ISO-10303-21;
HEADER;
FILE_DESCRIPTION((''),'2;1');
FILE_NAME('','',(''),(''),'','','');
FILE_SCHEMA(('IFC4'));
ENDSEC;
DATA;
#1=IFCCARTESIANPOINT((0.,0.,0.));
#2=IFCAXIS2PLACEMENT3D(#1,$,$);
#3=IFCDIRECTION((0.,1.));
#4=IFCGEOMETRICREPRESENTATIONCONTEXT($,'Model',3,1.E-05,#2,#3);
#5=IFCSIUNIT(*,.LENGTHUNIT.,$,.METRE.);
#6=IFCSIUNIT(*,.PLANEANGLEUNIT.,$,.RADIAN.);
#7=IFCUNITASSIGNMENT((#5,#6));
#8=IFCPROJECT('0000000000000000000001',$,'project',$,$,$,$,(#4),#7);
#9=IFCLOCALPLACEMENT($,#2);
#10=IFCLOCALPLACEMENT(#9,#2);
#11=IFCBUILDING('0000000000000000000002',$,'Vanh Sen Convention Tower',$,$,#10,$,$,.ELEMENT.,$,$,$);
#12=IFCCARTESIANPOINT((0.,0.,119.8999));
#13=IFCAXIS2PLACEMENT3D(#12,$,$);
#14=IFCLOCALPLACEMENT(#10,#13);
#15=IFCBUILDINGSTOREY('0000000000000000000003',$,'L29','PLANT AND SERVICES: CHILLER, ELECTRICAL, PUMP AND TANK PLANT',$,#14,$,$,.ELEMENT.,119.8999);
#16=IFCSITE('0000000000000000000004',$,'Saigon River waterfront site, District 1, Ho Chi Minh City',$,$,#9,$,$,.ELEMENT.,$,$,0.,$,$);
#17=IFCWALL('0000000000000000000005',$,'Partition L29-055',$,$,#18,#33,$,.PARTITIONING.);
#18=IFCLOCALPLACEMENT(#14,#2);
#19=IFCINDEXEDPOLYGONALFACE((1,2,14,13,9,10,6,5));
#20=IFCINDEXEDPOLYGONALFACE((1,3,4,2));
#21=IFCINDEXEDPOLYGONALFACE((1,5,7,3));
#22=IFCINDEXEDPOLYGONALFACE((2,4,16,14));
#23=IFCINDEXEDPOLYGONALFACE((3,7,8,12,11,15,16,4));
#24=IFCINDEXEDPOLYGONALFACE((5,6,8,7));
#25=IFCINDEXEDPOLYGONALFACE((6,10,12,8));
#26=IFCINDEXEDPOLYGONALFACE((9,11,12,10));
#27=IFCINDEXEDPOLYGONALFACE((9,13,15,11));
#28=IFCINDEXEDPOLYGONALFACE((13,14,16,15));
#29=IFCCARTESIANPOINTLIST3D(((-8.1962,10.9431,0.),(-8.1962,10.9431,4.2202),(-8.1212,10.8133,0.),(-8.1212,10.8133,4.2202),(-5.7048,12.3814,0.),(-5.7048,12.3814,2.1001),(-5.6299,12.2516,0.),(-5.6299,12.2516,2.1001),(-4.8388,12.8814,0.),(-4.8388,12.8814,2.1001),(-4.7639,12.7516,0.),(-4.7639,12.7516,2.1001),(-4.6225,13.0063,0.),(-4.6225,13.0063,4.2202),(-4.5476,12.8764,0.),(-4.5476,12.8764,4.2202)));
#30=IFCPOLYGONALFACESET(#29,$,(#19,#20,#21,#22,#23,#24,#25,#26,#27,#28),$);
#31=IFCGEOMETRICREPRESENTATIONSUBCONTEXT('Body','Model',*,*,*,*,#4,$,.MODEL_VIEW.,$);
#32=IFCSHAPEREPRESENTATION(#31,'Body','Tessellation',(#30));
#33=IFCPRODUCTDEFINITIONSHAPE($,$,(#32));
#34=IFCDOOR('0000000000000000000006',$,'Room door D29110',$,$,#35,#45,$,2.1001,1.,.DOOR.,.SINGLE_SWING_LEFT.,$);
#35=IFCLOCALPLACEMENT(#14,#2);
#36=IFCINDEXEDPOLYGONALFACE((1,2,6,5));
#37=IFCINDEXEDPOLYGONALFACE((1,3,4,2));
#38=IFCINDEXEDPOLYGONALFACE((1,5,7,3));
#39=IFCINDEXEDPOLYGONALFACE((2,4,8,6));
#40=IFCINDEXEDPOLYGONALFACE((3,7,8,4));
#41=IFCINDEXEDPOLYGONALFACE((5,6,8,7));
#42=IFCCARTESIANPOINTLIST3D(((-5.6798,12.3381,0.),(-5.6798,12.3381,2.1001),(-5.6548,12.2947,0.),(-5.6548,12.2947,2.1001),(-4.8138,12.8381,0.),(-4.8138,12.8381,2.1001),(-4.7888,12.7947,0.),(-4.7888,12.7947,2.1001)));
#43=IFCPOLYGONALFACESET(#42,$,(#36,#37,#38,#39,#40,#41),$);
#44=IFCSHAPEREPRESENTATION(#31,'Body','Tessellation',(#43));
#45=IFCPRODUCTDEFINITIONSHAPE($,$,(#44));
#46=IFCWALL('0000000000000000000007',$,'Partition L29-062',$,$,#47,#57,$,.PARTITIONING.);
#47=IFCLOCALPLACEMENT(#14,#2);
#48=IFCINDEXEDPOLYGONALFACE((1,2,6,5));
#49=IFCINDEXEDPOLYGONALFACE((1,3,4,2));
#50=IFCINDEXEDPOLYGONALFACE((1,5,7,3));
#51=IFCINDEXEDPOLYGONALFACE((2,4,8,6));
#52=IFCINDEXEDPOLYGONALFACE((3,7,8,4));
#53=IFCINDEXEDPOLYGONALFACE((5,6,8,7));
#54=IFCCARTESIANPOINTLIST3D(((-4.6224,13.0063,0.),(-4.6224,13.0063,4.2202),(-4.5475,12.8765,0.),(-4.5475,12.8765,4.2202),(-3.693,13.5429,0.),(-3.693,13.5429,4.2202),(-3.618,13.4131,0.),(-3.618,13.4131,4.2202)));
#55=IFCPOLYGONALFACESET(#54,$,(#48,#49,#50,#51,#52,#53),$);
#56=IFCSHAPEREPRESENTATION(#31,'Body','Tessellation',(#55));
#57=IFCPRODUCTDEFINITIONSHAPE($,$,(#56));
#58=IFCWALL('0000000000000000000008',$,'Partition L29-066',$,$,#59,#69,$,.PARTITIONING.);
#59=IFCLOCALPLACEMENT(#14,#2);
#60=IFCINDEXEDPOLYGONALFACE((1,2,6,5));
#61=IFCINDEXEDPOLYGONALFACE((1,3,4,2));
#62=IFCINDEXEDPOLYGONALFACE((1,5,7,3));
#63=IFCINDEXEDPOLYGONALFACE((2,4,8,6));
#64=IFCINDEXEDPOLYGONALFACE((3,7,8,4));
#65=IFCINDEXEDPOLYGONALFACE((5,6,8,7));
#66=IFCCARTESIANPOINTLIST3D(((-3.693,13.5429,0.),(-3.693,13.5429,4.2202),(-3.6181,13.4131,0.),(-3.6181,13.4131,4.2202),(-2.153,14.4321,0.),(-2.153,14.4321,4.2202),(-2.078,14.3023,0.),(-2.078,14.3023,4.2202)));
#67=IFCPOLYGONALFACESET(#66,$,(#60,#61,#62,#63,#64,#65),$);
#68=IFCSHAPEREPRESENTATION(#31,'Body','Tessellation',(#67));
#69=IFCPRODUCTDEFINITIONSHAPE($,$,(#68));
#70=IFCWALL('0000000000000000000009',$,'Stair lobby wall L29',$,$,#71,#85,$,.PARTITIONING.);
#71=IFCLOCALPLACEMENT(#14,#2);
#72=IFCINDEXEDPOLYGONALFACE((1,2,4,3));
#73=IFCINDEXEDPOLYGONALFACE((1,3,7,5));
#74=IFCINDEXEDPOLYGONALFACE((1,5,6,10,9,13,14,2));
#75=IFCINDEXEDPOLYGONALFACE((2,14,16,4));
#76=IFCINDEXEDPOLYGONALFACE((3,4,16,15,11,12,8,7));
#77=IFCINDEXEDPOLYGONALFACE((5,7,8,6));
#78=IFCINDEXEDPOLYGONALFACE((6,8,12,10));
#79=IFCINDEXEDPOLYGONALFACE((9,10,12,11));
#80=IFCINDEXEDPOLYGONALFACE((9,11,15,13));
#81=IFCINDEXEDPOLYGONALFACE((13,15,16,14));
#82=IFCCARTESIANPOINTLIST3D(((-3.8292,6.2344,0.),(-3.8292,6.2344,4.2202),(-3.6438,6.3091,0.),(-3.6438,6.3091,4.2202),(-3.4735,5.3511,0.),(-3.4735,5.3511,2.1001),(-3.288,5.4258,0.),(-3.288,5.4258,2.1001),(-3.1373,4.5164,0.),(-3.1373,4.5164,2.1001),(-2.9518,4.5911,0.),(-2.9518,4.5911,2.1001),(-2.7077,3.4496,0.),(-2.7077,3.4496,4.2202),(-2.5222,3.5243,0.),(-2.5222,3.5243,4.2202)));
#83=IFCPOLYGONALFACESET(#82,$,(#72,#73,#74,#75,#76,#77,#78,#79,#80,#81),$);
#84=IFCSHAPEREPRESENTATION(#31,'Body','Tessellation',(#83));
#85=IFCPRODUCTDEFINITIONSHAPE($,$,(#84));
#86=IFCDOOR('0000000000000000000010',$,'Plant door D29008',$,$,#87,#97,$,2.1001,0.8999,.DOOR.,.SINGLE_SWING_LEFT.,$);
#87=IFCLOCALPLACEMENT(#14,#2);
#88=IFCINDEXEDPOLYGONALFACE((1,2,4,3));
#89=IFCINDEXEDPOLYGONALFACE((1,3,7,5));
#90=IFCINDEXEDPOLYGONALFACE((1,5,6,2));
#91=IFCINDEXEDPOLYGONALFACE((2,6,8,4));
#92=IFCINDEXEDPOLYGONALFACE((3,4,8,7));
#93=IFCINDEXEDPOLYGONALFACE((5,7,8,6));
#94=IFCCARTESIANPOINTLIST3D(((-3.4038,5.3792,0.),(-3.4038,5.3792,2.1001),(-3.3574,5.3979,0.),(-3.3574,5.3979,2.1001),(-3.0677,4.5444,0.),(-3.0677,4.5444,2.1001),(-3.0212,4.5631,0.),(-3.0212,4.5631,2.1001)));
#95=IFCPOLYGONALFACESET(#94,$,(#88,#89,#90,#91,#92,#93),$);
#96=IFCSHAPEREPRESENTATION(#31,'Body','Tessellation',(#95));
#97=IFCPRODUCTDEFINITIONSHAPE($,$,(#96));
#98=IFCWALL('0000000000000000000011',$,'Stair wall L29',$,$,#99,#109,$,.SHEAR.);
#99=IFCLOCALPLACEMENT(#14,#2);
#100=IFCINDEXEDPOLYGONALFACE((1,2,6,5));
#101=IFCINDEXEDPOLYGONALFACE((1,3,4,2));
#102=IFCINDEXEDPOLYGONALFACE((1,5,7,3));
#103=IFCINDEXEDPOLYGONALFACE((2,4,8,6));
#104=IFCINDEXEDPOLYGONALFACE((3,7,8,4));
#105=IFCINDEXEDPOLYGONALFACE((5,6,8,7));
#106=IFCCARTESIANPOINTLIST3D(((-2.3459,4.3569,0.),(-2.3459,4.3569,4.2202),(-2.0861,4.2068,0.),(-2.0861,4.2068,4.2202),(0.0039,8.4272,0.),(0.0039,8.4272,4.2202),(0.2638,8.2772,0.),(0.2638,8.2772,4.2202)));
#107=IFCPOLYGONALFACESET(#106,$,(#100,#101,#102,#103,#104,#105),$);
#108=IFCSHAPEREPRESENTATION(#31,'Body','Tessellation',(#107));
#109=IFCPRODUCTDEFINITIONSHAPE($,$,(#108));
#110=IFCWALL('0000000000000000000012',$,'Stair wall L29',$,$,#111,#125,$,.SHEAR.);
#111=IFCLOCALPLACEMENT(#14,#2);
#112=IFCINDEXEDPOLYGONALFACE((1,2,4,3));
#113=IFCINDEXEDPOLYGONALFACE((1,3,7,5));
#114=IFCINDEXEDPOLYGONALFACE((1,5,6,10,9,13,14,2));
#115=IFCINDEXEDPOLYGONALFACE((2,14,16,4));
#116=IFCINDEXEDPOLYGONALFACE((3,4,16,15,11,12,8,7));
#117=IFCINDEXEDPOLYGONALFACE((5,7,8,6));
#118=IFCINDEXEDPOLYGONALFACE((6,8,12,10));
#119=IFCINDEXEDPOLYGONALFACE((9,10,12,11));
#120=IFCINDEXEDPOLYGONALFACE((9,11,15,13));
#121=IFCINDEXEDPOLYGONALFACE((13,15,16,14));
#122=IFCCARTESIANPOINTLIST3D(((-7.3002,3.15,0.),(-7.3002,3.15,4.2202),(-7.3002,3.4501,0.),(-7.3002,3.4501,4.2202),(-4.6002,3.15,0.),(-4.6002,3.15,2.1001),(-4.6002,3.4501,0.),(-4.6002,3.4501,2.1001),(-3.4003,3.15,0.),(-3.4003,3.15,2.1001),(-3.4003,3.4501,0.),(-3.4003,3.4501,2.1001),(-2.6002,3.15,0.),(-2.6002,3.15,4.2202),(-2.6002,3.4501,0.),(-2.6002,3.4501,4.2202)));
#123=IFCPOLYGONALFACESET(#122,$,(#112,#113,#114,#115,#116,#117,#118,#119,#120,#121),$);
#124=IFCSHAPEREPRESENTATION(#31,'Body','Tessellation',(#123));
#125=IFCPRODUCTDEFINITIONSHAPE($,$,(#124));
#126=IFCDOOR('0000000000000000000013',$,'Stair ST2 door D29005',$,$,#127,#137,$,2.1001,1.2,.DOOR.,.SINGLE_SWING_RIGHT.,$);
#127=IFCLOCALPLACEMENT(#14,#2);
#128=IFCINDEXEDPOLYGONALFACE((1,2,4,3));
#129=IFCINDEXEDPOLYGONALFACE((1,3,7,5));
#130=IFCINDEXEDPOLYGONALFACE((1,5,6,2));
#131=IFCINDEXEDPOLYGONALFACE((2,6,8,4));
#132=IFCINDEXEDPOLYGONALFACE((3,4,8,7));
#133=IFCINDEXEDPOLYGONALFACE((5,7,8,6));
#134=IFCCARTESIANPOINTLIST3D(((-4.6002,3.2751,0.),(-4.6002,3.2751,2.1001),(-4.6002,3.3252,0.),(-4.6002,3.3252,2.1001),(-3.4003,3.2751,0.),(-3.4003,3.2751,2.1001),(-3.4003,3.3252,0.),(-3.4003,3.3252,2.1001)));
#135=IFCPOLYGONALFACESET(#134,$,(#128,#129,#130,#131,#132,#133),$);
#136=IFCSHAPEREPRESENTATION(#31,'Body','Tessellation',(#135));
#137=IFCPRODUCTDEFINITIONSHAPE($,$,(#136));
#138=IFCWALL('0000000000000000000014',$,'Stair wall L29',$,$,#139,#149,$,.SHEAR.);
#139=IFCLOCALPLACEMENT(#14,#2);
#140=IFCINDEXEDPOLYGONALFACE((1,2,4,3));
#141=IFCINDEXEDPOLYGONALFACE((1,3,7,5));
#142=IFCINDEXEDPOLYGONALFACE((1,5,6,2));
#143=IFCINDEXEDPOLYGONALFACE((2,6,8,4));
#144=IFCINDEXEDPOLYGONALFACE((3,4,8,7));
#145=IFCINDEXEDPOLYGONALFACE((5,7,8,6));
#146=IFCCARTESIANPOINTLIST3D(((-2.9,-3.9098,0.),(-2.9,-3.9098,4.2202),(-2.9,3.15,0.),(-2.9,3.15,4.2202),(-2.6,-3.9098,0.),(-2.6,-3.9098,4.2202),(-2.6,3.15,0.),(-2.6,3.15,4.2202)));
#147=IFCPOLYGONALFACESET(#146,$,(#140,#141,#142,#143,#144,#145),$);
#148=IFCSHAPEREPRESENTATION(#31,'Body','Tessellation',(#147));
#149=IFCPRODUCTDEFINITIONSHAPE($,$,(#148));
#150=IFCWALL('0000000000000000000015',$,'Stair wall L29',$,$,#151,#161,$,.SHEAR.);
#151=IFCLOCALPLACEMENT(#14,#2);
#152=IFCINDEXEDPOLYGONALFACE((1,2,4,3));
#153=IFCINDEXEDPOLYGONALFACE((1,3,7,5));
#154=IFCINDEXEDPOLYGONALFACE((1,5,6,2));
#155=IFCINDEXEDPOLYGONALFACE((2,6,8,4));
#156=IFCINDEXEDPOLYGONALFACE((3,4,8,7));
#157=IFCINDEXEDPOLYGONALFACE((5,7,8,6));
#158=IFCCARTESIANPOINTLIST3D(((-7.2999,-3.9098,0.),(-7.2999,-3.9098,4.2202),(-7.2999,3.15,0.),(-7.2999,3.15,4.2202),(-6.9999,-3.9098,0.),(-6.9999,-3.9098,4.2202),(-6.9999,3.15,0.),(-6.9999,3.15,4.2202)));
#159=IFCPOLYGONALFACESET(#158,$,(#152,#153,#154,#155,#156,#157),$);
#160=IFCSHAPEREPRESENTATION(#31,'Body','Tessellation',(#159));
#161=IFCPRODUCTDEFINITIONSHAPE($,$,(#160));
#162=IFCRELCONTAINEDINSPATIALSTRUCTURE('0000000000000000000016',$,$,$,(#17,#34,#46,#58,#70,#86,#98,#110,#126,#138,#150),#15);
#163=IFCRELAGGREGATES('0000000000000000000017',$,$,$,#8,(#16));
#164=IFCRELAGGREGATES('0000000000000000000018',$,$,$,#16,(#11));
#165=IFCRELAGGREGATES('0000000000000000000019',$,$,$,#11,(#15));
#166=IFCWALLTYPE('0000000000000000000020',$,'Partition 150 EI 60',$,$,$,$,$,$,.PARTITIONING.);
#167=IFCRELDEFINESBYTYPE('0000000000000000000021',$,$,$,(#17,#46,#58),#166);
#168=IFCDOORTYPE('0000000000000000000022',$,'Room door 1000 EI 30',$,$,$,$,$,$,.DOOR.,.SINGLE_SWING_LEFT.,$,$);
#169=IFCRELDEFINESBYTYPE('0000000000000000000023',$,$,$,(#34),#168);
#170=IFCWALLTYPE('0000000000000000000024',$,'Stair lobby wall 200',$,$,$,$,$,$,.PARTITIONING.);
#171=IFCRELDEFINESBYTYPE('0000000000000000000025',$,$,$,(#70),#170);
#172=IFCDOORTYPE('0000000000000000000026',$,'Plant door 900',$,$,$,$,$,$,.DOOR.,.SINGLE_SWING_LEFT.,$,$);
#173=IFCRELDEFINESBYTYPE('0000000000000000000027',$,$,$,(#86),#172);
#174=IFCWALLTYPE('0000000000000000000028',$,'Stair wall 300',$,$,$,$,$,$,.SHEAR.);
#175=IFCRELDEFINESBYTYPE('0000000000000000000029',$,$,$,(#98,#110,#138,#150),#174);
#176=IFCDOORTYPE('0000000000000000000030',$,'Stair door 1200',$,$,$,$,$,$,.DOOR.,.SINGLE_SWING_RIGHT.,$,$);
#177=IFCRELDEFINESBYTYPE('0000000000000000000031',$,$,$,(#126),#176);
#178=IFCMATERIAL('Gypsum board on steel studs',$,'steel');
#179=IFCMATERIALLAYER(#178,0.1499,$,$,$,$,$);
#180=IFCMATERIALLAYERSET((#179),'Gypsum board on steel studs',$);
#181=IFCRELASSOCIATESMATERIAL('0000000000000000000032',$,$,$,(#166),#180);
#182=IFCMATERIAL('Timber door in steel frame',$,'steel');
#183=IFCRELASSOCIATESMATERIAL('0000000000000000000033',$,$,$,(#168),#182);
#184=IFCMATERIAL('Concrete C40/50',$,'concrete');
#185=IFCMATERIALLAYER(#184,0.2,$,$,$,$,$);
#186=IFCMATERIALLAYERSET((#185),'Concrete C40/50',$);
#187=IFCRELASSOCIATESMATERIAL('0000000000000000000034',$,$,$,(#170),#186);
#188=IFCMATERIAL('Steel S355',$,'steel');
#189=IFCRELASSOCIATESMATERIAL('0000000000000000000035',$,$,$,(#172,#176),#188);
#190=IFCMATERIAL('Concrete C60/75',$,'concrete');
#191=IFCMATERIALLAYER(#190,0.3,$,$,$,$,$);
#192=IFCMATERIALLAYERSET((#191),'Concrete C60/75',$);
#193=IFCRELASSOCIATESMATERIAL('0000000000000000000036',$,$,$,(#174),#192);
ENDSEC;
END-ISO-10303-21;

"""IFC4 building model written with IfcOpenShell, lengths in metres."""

from ifc_helpers import new_model, si_unit, direction, frame, frame_2d, origin, place, context, subcontext, project, spatial, rectangle, extrude, material, layer, layer_set, type_object, element, fill, save


model = new_model("IFC4")

# Units and contexts
model_context = context("Model", 3, precision=1e-05, world=origin(), true_north=direction((0.0, 1.0)))
body_context = subcontext(model_context, "Body", "Model", "MODEL_VIEW")
ifc_project = project(units=[si_unit("LENGTHUNIT", "METRE"), si_unit("PLANEANGLEUNIT", "RADIAN")], contexts=[model_context])

# Site, building, storey
site_placement = place(None, origin())
site = spatial("IfcSite", under=ifc_project, at=site_placement, Name="Saigon River waterfront site, District 1, Ho Chi Minh City", CompositionType="ELEMENT", RefElevation=0.0)
building_placement = place(site_placement, origin())
building = spatial("IfcBuilding", under=site, at=building_placement, Name="Vanh Sen Convention Tower", CompositionType="ELEMENT")
storey_placement = place(building_placement, frame((0.0, 0.0, 119.8999)))
storey = spatial("IfcBuildingStorey", under=building, at=storey_placement, Name="L29", Description="PLANT AND SERVICES: CHILLER, ELECTRICAL, PUMP AND TANK PLANT", CompositionType="ELEMENT", Elevation=119.8999)

# Shared definitions
ifc_material_1 = material(Name="Concrete C40/50", Category="concrete")

# Shared definitions
ifc_material_2 = material(Name="Concrete C60/75", Category="concrete")

# Wall, opening, door
ifc_material_3 = material(Name="Gypsum board on steel studs", Category="steel")
ifc_layer_1 = layer(ifc_material_3, 0.1499)
ifc_layer_set_1 = layer_set([ifc_layer_1], Name="Gypsum board on steel studs")
wall_type_1 = type_object("IfcWallType", Name="Partition 150 EI 60", PredefinedType="PARTITIONING", material=ifc_layer_set_1)
wall_1_placement = place(storey_placement, frame((-8.1587, 10.8782, 0.0), z_axis=(0.0, 0.0, 1.0), x_axis=(0.866032, 0.499989, 0.0)))
wall_1 = element("IfcWall", 1, at=wall_1_placement, inside=storey, type_object=wall_type_1, Name="Partition L29-055", PredefinedType="PARTITIONING", context=body_context, shape_type="SweptSolid", body=[
    extrude(rectangle(XDim=4.1265, YDim=0.1499, at=frame_2d((2.0632, 0.0))), origin(), (0.0, 0.0, 1.0), 4.2202),
])
opening_1_placement = place(wall_1_placement, frame((2.8767, 0.0, 0.0)))
opening_1 = element("IfcOpeningElement", 2, at=opening_1_placement, cuts=wall_1, PredefinedType="OPENING", context=body_context, shape_type="SweptSolid", body=[
    extrude(rectangle(XDim=1.0, YDim=2.1001, at=frame_2d((0.5, 1.05))), frame((0.0, 0.085, 0.0), z_axis=(0.0, -1.0, 0.0), x_axis=(1.0, 0.0, 0.0)), (0.0, 0.0, 1.0), 0.1699),
])
ifc_material_4 = material(Name="Timber door in steel frame", Category="steel")
door_type_1 = type_object("IfcDoorType", Name="Room door 1000 EI 30", OperationType="SINGLE_SWING_LEFT", PredefinedType="DOOR", material=ifc_material_4)
door_1_placement = place(opening_1_placement, origin())
door_1 = element("IfcDoor", 3, at=door_1_placement, inside=storey, type_object=door_type_1, Name="Room door D29110", OperationType="SINGLE_SWING_LEFT", OverallHeight=2.1001, OverallWidth=1.0, PredefinedType="DOOR", context=body_context, shape_type="SweptSolid", body=[
    extrude(rectangle(XDim=1.0, YDim=2.1001, at=frame_2d((0.5, 1.05))), frame((0.0, 0.0249, 0.0), z_axis=(0.0, -1.0, 0.0), x_axis=(1.0, 0.0, 0.0)), (0.0, 0.0, 1.0), 0.05),
])
fill(opening_1, door_1)

# Walls
wall_2_placement = place(storey_placement, frame((-4.585, 12.9414, 0.0), z_axis=(0.0, 0.0, 1.0), x_axis=(0.866023, 0.500005, 0.0)))
element("IfcWall", 4, at=wall_2_placement, inside=storey, type_object=wall_type_1, Name="Partition L29-062", PredefinedType="PARTITIONING", context=body_context, shape_type="SweptSolid", body=[
    extrude(rectangle(XDim=1.0732, YDim=0.1499, at=frame_2d((0.5366, 0.0))), origin(), (0.0, 0.0, 1.0), 4.2202),
])
wall_3_placement = place(storey_placement, frame((-2.1155, 14.3672, 0.0), z_axis=(0.0, 0.0, 1.0), x_axis=(-0.866021, -0.500008, 0.0)))
element("IfcWall", 5, at=wall_3_placement, inside=storey, type_object=wall_type_1, Name="Partition L29-066", PredefinedType="PARTITIONING", context=body_context, shape_type="SweptSolid", body=[
    extrude(rectangle(XDim=1.7783, YDim=0.1499, at=frame_2d((0.8892, 0.0))), origin(), (0.0, 0.0, 1.0), 4.2202),
])

# Wall, opening, door
ifc_layer_2 = layer(ifc_material_1, 0.2)
ifc_layer_set_2 = layer_set([ifc_layer_2], Name="Concrete C40/50")
wall_type_2 = type_object("IfcWallType", Name="Stair lobby wall 200", PredefinedType="PARTITIONING", material=ifc_layer_set_2)
wall_4_placement = place(storey_placement, frame((-2.615, 3.4871, 0.0), z_axis=(0.0, 0.0, 1.0), x_axis=(-0.373577, 0.927599, 0.0)))
wall_4 = element("IfcWall", 6, at=wall_4_placement, inside=storey, type_object=wall_type_2, Name="Stair lobby wall L29", PredefinedType="PARTITIONING", context=body_context, shape_type="SweptSolid", body=[
    extrude(rectangle(XDim=3.0022, YDim=0.2, at=frame_2d((1.501, 0.0))), origin(), (0.0, 0.0, 1.0), 4.2202),
])
opening_2_placement = place(wall_4_placement, frame((1.1499, 0.0, 0.0)))
opening_2 = element("IfcOpeningElement", 7, at=opening_2_placement, cuts=wall_4, PredefinedType="OPENING", context=body_context, shape_type="SweptSolid", body=[
    extrude(rectangle(XDim=0.8999, YDim=2.1001, at=frame_2d((0.45, 1.05))), frame((0.0, 0.1099, 0.0), z_axis=(0.0, -1.0, 0.0), x_axis=(1.0, 0.0, 0.0)), (0.0, 0.0, 1.0), 0.22),
])
ifc_material_5 = material(Name="Steel S355", Category="steel")
door_type_2 = type_object("IfcDoorType", Name="Plant door 900", OperationType="SINGLE_SWING_LEFT", PredefinedType="DOOR", material=ifc_material_5)
door_2_placement = place(opening_2_placement, origin())
door_2 = element("IfcDoor", 8, at=door_2_placement, inside=storey, type_object=door_type_2, Name="Plant door D29008", OperationType="SINGLE_SWING_LEFT", OverallHeight=2.1001, OverallWidth=0.8999, PredefinedType="DOOR", context=body_context, shape_type="SweptSolid", body=[
    extrude(rectangle(XDim=0.8999, YDim=2.1001, at=frame_2d((0.45, 1.05))), frame((0.0, 0.0249, 0.0), z_axis=(0.0, -1.0, 0.0), x_axis=(1.0, 0.0, 0.0)), (0.0, 0.0, 1.0), 0.05),
])
fill(opening_2, door_2)

# Wall
ifc_layer_3 = layer(ifc_material_2, 0.3)
ifc_layer_set_3 = layer_set([ifc_layer_3], Name="Concrete C60/75")
wall_type_3 = type_object("IfcWallType", Name="Stair wall 300", PredefinedType="SHEAR", material=ifc_layer_set_3)
wall_5_placement = place(storey_placement, frame((-2.2161, 4.2817, 0.0), z_axis=(0.0, 0.0, 1.0), x_axis=(0.499977, 0.866039, 0.0)))
element("IfcWall", 9, at=wall_5_placement, inside=storey, type_object=wall_type_3, Name="Stair wall L29", PredefinedType="SHEAR", context=body_context, shape_type="SweptSolid", body=[
    extrude(rectangle(XDim=4.7, YDim=0.3, at=frame_2d((2.3501, 0.0))), origin(), (0.0, 0.0, 1.0), 4.2202),
])

# Wall, opening, door
wall_6_placement = place(storey_placement, frame((-2.6001, 3.3, 0.0), z_axis=(0.0, 0.0, 1.0), x_axis=(-1.0, 0.0, 0.0)))
wall_6 = element("IfcWall", 10, at=wall_6_placement, inside=storey, type_object=wall_type_3, Name="Stair wall L29", PredefinedType="SHEAR", context=body_context, shape_type="SweptSolid", body=[
    extrude(rectangle(XDim=4.7, YDim=0.3, at=frame_2d((2.3501, 0.0))), origin(), (0.0, 0.0, 1.0), 4.2202),
])
opening_3_placement = place(wall_6_placement, frame((0.8, 0.0, 0.0)))
opening_3 = element("IfcOpeningElement", 11, at=opening_3_placement, cuts=wall_6, PredefinedType="OPENING", context=body_context, shape_type="SweptSolid", body=[
    extrude(rectangle(XDim=1.2, YDim=2.1001, at=frame_2d((0.6001, 1.05))), frame((0.0, 0.1599, 0.0), z_axis=(0.0, -1.0, 0.0), x_axis=(1.0, 0.0, 0.0)), (0.0, 0.0, 1.0), 0.3201),
])
door_type_3 = type_object("IfcDoorType", Name="Stair door 1200", OperationType="SINGLE_SWING_RIGHT", PredefinedType="DOOR", material=ifc_material_5)
door_3_placement = place(opening_3_placement, origin())
door_3 = element("IfcDoor", 12, at=door_3_placement, inside=storey, type_object=door_type_3, Name="Stair ST2 door D29005", OperationType="SINGLE_SWING_RIGHT", OverallHeight=2.1001, OverallWidth=1.2, PredefinedType="DOOR", context=body_context, shape_type="SweptSolid", body=[
    extrude(rectangle(XDim=1.2, YDim=2.1001, at=frame_2d((0.6001, 1.05))), frame((0.0, 0.0249, 0.0), z_axis=(0.0, -1.0, 0.0), x_axis=(1.0, 0.0, 0.0)), (0.0, 0.0, 1.0), 0.05),
])
fill(opening_3, door_3)

# Walls
for number, where, z_axis, x_axis, name in (
    (13, (-2.75, 3.1499, 0.0), (0.0, 0.0, 1.0), (0.0, -1.0, 0.0), "Stair wall L29"),
    (14, (-7.1499, 3.1499, 0.0), (0.0, 0.0, 1.0), (0.0, -1.0, 0.0), "Stair wall L29"),
):
    element("IfcWall", number, at=place(storey_placement, frame(where, z_axis=z_axis, x_axis=x_axis)), inside=storey, type_object=wall_type_3, Name=name, PredefinedType="SHEAR", context=body_context, shape_type="SweptSolid", body=[
        extrude(rectangle(XDim=7.0598, YDim=0.3, at=frame_2d((3.5298, 0.0))), origin(), (0.0, 0.0, 1.0), 4.2202),
    ])

save(model, "model.ifc")
